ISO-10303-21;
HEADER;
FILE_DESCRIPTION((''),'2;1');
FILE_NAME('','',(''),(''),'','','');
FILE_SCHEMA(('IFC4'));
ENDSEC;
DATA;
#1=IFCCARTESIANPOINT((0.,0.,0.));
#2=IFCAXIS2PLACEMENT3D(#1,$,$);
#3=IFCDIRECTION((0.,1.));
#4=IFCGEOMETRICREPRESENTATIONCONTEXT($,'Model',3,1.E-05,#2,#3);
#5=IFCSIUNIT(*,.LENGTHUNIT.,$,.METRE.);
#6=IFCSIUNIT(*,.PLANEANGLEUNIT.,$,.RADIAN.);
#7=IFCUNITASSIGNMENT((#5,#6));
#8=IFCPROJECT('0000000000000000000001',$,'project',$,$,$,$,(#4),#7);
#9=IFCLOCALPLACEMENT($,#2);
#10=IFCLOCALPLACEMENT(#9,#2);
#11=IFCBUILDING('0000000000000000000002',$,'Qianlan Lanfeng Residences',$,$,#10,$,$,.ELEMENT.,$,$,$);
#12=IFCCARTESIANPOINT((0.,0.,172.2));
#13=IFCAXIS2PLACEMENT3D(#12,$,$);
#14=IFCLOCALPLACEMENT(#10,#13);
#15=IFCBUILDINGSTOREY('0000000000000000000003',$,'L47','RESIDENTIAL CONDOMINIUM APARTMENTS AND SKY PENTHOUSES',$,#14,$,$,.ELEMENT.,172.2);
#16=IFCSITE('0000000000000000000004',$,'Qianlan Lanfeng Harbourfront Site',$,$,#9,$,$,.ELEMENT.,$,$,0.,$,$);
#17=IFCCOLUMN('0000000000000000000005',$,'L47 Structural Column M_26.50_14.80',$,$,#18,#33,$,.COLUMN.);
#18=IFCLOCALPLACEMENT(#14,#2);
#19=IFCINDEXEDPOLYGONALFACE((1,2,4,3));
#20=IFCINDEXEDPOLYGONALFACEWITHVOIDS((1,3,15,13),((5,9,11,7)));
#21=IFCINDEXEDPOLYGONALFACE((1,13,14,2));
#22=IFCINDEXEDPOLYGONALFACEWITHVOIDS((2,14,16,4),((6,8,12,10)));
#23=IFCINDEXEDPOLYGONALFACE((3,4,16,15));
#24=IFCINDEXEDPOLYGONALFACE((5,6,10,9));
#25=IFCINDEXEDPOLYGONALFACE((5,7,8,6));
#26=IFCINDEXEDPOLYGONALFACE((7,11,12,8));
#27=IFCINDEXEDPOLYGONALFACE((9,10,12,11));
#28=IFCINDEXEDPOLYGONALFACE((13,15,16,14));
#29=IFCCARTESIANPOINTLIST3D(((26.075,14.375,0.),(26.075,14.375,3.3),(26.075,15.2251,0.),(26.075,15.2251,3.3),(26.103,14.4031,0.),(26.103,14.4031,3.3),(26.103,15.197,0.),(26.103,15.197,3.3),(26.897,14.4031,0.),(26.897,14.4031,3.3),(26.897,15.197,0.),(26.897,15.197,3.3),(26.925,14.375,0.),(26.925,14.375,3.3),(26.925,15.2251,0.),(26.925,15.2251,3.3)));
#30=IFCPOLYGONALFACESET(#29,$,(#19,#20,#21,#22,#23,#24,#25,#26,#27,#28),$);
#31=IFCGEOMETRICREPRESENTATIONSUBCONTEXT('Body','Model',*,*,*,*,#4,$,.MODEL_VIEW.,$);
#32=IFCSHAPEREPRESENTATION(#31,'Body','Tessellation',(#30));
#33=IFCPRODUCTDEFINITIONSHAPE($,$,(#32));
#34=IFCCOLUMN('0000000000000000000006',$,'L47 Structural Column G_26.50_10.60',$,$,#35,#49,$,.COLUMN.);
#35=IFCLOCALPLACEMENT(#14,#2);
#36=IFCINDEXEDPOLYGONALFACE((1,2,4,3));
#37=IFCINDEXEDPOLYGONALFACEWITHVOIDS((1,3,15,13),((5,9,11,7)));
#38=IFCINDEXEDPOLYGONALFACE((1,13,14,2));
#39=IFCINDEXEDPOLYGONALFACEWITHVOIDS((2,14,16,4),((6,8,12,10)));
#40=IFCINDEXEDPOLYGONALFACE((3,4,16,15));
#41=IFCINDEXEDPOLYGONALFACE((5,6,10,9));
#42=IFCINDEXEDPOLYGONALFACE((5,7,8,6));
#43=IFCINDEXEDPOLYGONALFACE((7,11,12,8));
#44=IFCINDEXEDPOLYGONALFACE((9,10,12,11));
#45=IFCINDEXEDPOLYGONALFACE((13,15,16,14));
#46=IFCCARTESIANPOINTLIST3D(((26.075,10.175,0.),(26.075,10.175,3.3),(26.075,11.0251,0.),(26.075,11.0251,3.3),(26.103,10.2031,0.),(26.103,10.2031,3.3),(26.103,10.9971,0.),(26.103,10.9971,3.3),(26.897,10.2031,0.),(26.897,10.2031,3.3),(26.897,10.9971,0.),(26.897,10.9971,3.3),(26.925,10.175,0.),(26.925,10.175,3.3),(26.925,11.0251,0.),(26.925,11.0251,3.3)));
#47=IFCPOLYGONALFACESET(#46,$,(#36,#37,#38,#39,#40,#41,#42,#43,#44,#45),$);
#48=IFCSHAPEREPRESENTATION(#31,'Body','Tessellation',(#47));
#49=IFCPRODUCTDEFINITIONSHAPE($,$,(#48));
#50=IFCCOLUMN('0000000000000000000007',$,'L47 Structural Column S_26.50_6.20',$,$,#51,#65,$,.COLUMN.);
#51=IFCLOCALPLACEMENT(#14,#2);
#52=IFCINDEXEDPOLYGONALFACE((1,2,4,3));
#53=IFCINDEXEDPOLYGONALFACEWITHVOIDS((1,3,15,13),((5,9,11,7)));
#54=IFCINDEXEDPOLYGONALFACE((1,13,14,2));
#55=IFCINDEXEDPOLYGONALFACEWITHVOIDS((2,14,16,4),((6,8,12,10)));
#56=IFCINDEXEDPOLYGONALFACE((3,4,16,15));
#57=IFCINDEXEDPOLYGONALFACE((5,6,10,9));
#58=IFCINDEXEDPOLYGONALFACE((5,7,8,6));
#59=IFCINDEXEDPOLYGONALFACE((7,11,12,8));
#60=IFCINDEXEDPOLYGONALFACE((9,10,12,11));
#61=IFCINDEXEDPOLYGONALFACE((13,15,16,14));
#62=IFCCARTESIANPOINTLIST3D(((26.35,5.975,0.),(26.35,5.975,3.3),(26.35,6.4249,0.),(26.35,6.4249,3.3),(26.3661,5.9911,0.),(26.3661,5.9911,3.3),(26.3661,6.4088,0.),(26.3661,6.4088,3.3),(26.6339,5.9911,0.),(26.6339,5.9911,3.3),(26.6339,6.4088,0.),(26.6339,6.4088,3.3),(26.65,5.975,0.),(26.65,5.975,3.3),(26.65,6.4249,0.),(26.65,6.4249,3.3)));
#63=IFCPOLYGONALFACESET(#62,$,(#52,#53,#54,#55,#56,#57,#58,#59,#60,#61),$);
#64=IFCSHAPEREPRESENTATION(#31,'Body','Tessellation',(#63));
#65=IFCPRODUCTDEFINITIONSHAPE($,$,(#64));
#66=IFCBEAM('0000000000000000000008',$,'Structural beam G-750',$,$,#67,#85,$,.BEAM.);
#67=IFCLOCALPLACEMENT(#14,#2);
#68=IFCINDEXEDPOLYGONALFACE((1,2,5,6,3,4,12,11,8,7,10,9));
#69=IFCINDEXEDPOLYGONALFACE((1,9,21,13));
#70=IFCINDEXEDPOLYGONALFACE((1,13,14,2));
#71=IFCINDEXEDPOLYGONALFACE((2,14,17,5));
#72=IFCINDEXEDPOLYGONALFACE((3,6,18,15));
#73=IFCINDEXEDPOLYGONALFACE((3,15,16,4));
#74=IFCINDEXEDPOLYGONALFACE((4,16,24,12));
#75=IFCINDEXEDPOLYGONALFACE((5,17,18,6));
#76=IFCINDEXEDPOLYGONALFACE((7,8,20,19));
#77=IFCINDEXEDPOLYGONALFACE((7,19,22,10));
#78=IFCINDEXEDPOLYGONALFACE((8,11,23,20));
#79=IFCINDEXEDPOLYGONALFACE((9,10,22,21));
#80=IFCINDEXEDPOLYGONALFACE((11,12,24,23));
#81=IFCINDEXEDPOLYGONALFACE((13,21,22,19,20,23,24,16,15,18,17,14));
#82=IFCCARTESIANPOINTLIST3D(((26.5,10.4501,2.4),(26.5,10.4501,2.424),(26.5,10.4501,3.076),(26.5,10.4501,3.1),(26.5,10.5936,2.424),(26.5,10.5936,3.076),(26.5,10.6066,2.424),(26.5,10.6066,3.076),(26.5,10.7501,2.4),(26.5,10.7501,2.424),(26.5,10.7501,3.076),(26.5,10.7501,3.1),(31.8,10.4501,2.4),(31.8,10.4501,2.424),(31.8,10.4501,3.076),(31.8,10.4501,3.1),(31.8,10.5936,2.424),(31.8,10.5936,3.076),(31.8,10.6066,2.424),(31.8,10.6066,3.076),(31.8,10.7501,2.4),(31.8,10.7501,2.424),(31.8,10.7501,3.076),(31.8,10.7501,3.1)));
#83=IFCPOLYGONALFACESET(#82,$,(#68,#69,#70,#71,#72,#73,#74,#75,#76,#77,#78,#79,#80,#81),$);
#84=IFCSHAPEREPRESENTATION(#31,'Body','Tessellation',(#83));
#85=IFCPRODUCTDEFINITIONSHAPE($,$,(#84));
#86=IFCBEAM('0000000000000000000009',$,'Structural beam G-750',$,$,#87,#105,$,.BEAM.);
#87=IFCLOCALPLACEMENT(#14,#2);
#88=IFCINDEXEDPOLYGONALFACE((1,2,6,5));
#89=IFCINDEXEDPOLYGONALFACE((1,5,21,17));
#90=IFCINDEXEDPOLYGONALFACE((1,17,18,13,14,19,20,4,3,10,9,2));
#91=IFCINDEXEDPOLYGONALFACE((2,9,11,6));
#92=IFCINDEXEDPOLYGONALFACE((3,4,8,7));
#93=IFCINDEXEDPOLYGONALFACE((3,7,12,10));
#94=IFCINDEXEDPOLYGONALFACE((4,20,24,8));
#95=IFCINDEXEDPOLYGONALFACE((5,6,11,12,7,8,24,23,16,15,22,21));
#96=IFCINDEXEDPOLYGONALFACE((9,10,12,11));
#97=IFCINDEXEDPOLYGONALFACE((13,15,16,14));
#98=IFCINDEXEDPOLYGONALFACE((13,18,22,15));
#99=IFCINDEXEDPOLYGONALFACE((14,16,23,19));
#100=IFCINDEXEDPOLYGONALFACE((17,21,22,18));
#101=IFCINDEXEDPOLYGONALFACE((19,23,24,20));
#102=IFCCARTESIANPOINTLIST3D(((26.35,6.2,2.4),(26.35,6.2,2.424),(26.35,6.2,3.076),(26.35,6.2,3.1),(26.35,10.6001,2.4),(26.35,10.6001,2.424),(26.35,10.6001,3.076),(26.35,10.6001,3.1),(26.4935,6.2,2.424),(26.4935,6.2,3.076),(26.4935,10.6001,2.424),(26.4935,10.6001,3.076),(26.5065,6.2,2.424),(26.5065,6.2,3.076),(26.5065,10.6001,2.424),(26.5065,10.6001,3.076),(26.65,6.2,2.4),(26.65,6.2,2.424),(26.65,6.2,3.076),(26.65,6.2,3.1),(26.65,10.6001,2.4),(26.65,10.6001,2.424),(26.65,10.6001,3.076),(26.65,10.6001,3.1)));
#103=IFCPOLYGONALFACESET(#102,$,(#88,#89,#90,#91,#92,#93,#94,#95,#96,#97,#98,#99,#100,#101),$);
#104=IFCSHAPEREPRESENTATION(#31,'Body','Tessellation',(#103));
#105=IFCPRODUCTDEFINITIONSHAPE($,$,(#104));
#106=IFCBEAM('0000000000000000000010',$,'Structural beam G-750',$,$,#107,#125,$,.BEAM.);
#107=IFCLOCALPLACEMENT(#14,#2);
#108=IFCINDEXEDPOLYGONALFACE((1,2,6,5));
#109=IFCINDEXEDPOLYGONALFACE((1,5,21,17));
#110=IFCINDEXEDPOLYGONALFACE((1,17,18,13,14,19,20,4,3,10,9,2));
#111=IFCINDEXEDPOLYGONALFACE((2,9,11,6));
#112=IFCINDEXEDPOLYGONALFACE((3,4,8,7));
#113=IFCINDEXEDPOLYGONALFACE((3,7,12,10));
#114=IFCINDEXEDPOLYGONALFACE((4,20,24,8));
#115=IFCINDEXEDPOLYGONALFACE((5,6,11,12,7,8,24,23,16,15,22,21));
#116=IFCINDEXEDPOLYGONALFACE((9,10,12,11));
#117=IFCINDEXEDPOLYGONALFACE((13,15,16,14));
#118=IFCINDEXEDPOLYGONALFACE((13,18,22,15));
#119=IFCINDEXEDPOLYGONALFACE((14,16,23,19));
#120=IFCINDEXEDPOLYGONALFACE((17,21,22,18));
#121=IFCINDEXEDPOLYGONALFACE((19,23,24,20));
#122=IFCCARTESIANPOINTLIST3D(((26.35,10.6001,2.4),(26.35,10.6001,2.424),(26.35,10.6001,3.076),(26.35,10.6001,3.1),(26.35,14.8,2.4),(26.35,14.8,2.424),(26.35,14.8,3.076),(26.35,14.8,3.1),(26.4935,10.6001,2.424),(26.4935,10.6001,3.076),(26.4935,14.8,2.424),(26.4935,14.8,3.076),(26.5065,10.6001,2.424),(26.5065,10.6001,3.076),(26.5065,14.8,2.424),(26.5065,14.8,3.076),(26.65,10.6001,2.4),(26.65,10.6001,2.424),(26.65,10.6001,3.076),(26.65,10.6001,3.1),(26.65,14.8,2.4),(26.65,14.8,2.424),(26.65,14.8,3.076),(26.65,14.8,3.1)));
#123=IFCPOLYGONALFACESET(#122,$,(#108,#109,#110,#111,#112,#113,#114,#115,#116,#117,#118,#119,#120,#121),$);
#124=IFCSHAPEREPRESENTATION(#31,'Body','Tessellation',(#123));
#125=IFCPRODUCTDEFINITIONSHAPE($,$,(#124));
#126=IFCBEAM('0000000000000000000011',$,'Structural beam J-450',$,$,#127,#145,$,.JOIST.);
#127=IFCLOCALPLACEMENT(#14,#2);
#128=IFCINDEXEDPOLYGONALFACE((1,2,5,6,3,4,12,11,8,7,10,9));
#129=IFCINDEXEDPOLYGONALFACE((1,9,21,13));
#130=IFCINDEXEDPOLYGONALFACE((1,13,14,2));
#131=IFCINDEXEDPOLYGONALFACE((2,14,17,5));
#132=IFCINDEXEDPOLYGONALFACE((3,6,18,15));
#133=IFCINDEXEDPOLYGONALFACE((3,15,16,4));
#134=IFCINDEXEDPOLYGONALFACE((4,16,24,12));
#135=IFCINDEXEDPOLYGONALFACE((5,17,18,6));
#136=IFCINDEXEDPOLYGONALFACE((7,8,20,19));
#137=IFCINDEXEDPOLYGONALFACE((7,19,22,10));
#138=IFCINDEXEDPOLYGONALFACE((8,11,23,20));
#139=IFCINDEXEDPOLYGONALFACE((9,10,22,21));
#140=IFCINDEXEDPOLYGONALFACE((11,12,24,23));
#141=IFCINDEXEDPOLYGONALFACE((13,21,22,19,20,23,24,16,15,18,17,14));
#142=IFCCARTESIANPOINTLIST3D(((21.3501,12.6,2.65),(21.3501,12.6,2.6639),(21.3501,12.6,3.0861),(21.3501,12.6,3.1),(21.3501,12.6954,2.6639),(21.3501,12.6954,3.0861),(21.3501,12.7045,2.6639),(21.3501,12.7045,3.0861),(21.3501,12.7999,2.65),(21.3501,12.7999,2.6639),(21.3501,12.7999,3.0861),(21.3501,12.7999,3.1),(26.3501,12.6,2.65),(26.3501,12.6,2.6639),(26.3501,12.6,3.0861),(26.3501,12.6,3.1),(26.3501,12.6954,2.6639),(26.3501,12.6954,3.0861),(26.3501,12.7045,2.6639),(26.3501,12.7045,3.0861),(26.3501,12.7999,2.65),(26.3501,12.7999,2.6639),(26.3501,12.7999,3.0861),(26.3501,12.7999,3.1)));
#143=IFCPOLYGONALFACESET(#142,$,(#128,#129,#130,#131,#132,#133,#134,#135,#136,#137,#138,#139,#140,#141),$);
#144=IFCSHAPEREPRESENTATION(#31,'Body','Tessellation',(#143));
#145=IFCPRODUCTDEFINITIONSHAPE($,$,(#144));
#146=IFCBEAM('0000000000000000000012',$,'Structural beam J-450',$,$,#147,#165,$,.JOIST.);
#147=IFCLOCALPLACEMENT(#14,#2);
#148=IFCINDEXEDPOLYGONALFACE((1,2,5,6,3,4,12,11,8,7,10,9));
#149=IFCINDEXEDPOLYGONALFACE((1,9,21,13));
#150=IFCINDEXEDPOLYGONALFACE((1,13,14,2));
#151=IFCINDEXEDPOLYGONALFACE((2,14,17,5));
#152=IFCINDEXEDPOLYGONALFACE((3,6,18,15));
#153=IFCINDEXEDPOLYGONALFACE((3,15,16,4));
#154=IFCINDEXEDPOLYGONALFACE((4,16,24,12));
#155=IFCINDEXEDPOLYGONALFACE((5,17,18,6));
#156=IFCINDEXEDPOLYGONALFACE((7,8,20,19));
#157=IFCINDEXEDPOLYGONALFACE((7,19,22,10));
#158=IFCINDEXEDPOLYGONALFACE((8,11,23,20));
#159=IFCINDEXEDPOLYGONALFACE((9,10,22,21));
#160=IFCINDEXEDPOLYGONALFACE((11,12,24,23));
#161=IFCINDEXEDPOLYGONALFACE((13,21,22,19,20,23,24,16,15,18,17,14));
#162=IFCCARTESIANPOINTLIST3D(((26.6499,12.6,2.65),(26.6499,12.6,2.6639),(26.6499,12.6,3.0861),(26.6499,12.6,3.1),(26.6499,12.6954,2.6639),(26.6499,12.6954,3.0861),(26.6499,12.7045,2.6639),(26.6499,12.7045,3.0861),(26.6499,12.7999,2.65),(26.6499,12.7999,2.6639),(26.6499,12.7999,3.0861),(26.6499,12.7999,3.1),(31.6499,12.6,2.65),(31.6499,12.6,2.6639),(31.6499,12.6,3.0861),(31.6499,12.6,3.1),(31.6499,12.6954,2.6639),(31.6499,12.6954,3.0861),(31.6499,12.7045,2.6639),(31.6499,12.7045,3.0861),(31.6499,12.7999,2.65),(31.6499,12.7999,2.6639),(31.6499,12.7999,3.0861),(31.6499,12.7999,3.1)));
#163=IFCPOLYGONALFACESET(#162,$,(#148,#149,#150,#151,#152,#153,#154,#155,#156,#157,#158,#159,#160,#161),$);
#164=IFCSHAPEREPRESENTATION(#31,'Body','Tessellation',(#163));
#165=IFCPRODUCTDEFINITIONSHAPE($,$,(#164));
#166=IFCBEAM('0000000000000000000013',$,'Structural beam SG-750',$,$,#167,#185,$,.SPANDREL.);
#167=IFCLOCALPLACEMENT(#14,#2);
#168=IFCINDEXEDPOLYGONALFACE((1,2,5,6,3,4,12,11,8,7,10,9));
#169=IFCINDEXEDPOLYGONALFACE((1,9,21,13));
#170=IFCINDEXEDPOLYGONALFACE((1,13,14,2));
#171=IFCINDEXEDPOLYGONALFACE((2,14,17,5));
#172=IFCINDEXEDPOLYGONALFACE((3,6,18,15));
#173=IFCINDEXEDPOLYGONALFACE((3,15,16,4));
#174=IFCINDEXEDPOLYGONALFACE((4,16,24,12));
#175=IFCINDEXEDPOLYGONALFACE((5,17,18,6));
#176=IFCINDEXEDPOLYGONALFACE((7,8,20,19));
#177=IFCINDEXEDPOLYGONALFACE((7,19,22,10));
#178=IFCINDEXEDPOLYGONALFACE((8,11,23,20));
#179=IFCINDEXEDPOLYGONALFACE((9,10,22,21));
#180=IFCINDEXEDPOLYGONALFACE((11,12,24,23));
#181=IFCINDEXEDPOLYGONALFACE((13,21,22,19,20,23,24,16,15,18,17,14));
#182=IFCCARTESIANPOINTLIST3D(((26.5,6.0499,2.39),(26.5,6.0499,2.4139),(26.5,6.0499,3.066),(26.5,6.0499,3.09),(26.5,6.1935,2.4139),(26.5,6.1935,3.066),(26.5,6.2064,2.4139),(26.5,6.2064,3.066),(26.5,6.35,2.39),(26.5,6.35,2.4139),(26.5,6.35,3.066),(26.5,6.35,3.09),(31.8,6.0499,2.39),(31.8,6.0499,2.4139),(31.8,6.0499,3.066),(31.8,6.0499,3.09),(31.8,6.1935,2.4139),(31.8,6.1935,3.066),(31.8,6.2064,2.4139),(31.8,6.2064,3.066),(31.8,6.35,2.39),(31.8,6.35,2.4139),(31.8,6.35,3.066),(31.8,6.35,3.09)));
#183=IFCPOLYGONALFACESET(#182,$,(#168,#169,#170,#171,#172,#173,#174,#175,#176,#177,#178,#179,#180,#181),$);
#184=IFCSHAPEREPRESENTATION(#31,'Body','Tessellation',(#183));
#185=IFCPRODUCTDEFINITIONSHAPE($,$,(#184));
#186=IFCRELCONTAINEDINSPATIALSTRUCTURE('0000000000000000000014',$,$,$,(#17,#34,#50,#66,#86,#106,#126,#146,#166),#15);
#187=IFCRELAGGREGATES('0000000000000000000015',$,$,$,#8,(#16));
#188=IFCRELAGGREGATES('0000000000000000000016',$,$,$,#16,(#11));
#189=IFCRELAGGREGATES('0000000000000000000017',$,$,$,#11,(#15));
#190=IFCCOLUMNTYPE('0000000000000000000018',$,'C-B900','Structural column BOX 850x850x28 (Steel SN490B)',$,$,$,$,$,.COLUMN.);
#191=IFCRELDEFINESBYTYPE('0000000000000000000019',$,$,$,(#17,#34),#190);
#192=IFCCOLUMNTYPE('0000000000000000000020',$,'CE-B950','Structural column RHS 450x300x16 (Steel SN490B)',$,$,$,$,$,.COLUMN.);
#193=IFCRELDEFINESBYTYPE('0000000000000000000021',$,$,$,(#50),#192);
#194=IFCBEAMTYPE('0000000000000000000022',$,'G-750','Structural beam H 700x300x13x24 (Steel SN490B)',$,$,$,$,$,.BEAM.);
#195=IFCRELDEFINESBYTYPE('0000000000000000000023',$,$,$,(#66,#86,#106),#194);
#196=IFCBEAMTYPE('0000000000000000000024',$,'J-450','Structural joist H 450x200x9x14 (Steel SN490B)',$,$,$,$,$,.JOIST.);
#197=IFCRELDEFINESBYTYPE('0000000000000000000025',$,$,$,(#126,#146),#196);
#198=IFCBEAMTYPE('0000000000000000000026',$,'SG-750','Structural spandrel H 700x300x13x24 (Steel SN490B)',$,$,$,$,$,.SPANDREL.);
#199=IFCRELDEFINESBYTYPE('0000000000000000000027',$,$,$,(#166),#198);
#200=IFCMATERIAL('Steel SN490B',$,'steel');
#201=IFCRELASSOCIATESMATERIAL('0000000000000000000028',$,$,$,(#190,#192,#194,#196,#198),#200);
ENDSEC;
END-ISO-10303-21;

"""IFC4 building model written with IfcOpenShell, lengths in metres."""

from ifc_helpers import new_model, si_unit, direction, frame, origin, origin_2d, place, context, subcontext, project, spatial, hollow_rectangle, i_section, extrude, material, material_profile, profile_set, type_object, element, save


model = new_model("IFC4")

# Units and contexts
model_context = context("Model", 3, precision=1e-05, world=origin(), true_north=direction((0.0, 1.0)))
body_context = subcontext(model_context, "Body", "Model", "MODEL_VIEW")
ifc_project = project(units=[si_unit("LENGTHUNIT", "METRE"), si_unit("PLANEANGLEUNIT", "RADIAN")], contexts=[model_context])

# Site, building, storey
site_placement = place(None, origin())
site = spatial("IfcSite", under=ifc_project, at=site_placement, Name="Qianlan Lanfeng Harbourfront Site", CompositionType="ELEMENT", RefElevation=0.0)
building_placement = place(site_placement, origin())
building = spatial("IfcBuilding", under=site, at=building_placement, Name="Qianlan Lanfeng Residences", CompositionType="ELEMENT")
storey_placement = place(building_placement, frame((0.0, 0.0, 172.2)))
storey = spatial("IfcBuildingStorey", under=building, at=storey_placement, Name="L47", Description="RESIDENTIAL CONDOMINIUM APARTMENTS AND SKY PENTHOUSES", CompositionType="ELEMENT", Elevation=172.2)

# Columns
ifc_material_1 = material(Name="Steel SN490B", Category="steel")
ifc_material_profile_1 = material_profile(ifc_material_1, hollow_rectangle(XDim=0.8501, YDim=0.8501, WallThickness=0.0281, at=origin_2d()), Name="BOX 850x850x28")
ifc_profile_set_1 = profile_set([ifc_material_profile_1], Name="Steel SN490B")
column_type_1 = type_object("IfcColumnType", Name="C-B900", Description="Structural column BOX 850x850x28 (Steel SN490B)", PredefinedType="COLUMN", material=ifc_profile_set_1)
for number, where, z_axis, x_axis, name in (
    (1, (26.5, 14.8, 0.0), (0.0, 0.0, 1.0), (1.0, 0.0, 0.0), "L47 Structural Column M_26.50_14.80"),
    (2, (26.5, 10.6001, 0.0), (0.0, 0.0, 1.0), (1.0, 0.0, 0.0), "L47 Structural Column G_26.50_10.60"),
):
    element("IfcColumn", number, at=place(storey_placement, frame(where, z_axis=z_axis, x_axis=x_axis)), inside=storey, type_object=column_type_1, Name=name, PredefinedType="COLUMN", context=body_context, shape_type="SweptSolid", body=[
        extrude(hollow_rectangle(XDim=0.8501, YDim=0.8501, WallThickness=0.0281, at=origin_2d()), origin(), (0.0, 0.0, 1.0), 3.3),
    ])
ifc_material_profile_2 = material_profile(ifc_material_1, hollow_rectangle(XDim=0.3, YDim=0.45, WallThickness=0.0161, at=origin_2d()), Name="RHS 450x300x16")
ifc_profile_set_2 = profile_set([ifc_material_profile_2], Name="Steel SN490B")
column_type_2 = type_object("IfcColumnType", Name="CE-B950", Description="Structural column RHS 450x300x16 (Steel SN490B)", PredefinedType="COLUMN", material=ifc_profile_set_2)
column_placement = place(storey_placement, frame((26.5, 6.2, 0.0), z_axis=(0.0, 0.0, 1.0), x_axis=(1.0, 0.0, 0.0)))
element("IfcColumn", 3, at=column_placement, inside=storey, type_object=column_type_2, Name="L47 Structural Column S_26.50_6.20", PredefinedType="COLUMN", context=body_context, shape_type="SweptSolid", body=[
    extrude(hollow_rectangle(XDim=0.3, YDim=0.45, WallThickness=0.0161, at=origin_2d()), origin(), (0.0, 0.0, 1.0), 3.3),
])

# Beams
ifc_material_profile_3 = material_profile(ifc_material_1, i_section(OverallWidth=0.3, OverallDepth=0.7, WebThickness=0.0129, FlangeThickness=0.0239, at=origin_2d()), Name="H 700x300x13x24")
ifc_profile_set_3 = profile_set([ifc_material_profile_3], Name="Steel SN490B")
beam_type_1 = type_object("IfcBeamType", Name="G-750", Description="Structural beam H 700x300x13x24 (Steel SN490B)", PredefinedType="BEAM", material=ifc_profile_set_3)
beam_1_placement = place(storey_placement, frame((26.5, 10.6001, 2.75), z_axis=(1.0, 0.0, 0.0), x_axis=(0.0, 1.0, 0.0)))
element("IfcBeam", 4, at=beam_1_placement, inside=storey, type_object=beam_type_1, Name="Structural beam G-750", PredefinedType="BEAM", context=body_context, shape_type="SweptSolid", body=[
    extrude(i_section(OverallWidth=0.3, OverallDepth=0.7, WebThickness=0.0129, FlangeThickness=0.0239, at=origin_2d()), origin(), (0.0, 0.0, 1.0), 5.3),
])
beam_2_placement = place(storey_placement, frame((26.5, 6.2, 2.75), z_axis=(0.0, 1.0, 0.0), x_axis=(-1.0, 0.0, 0.0)))
element("IfcBeam", 5, at=beam_2_placement, inside=storey, type_object=beam_type_1, Name="Structural beam G-750", PredefinedType="BEAM", context=body_context, shape_type="SweptSolid", body=[
    extrude(i_section(OverallWidth=0.3, OverallDepth=0.7, WebThickness=0.0129, FlangeThickness=0.0239, at=origin_2d()), origin(), (0.0, 0.0, 1.0), 4.4001),
])
beam_3_placement = place(storey_placement, frame((26.5, 10.6001, 2.75), z_axis=(0.0, 1.0, 0.0), x_axis=(-1.0, 0.0, 0.0)))
element("IfcBeam", 6, at=beam_3_placement, inside=storey, type_object=beam_type_1, Name="Structural beam G-750", PredefinedType="BEAM", context=body_context, shape_type="SweptSolid", body=[
    extrude(i_section(OverallWidth=0.3, OverallDepth=0.7, WebThickness=0.0129, FlangeThickness=0.0239, at=origin_2d()), origin(), (0.0, 0.0, 1.0), 4.2),
])
ifc_material_profile_4 = material_profile(ifc_material_1, i_section(OverallWidth=0.2, OverallDepth=0.45, WebThickness=0.009, FlangeThickness=0.0139, at=origin_2d()), Name="H 450x200x9x14")
ifc_profile_set_4 = profile_set([ifc_material_profile_4], Name="Steel SN490B")
beam_type_2 = type_object("IfcBeamType", Name="J-450", Description="Structural joist H 450x200x9x14 (Steel SN490B)", PredefinedType="JOIST", material=ifc_profile_set_4)
for number, where, z_axis, x_axis, name in (
    (7, (21.3501, 12.7, 2.875), (1.0, 0.0, 0.0), (0.0, 1.0, 0.0), "Structural beam J-450"),
    (8, (26.6499, 12.7, 2.875), (1.0, 0.0, 0.0), (0.0, 1.0, 0.0), "Structural beam J-450"),
):
    element("IfcBeam", number, at=place(storey_placement, frame(where, z_axis=z_axis, x_axis=x_axis)), inside=storey, type_object=beam_type_2, Name=name, PredefinedType="JOIST", context=body_context, shape_type="SweptSolid", body=[
        extrude(i_section(OverallWidth=0.2, OverallDepth=0.45, WebThickness=0.009, FlangeThickness=0.0139, at=origin_2d()), origin(), (0.0, 0.0, 1.0), 5.0),
    ])
ifc_material_profile_5 = material_profile(ifc_material_1, i_section(OverallWidth=0.3, OverallDepth=0.7, WebThickness=0.0129, FlangeThickness=0.0239, at=origin_2d()), Name="H 700x300x13x24")
ifc_profile_set_5 = profile_set([ifc_material_profile_5], Name="Steel SN490B")
beam_type_3 = type_object("IfcBeamType", Name="SG-750", Description="Structural spandrel H 700x300x13x24 (Steel SN490B)", PredefinedType="SPANDREL", material=ifc_profile_set_5)
beam_4_placement = place(storey_placement, frame((26.5, 6.2, 2.74), z_axis=(1.0, 0.0, 0.0), x_axis=(0.0, 1.0, 0.0)))
element("IfcBeam", 9, at=beam_4_placement, inside=storey, type_object=beam_type_3, Name="Structural beam SG-750", PredefinedType="SPANDREL", context=body_context, shape_type="SweptSolid", body=[
    extrude(i_section(OverallWidth=0.3, OverallDepth=0.7, WebThickness=0.0129, FlangeThickness=0.0239, at=origin_2d()), origin(), (0.0, 0.0, 1.0), 5.3),
])

save(model, "model.ifc")
